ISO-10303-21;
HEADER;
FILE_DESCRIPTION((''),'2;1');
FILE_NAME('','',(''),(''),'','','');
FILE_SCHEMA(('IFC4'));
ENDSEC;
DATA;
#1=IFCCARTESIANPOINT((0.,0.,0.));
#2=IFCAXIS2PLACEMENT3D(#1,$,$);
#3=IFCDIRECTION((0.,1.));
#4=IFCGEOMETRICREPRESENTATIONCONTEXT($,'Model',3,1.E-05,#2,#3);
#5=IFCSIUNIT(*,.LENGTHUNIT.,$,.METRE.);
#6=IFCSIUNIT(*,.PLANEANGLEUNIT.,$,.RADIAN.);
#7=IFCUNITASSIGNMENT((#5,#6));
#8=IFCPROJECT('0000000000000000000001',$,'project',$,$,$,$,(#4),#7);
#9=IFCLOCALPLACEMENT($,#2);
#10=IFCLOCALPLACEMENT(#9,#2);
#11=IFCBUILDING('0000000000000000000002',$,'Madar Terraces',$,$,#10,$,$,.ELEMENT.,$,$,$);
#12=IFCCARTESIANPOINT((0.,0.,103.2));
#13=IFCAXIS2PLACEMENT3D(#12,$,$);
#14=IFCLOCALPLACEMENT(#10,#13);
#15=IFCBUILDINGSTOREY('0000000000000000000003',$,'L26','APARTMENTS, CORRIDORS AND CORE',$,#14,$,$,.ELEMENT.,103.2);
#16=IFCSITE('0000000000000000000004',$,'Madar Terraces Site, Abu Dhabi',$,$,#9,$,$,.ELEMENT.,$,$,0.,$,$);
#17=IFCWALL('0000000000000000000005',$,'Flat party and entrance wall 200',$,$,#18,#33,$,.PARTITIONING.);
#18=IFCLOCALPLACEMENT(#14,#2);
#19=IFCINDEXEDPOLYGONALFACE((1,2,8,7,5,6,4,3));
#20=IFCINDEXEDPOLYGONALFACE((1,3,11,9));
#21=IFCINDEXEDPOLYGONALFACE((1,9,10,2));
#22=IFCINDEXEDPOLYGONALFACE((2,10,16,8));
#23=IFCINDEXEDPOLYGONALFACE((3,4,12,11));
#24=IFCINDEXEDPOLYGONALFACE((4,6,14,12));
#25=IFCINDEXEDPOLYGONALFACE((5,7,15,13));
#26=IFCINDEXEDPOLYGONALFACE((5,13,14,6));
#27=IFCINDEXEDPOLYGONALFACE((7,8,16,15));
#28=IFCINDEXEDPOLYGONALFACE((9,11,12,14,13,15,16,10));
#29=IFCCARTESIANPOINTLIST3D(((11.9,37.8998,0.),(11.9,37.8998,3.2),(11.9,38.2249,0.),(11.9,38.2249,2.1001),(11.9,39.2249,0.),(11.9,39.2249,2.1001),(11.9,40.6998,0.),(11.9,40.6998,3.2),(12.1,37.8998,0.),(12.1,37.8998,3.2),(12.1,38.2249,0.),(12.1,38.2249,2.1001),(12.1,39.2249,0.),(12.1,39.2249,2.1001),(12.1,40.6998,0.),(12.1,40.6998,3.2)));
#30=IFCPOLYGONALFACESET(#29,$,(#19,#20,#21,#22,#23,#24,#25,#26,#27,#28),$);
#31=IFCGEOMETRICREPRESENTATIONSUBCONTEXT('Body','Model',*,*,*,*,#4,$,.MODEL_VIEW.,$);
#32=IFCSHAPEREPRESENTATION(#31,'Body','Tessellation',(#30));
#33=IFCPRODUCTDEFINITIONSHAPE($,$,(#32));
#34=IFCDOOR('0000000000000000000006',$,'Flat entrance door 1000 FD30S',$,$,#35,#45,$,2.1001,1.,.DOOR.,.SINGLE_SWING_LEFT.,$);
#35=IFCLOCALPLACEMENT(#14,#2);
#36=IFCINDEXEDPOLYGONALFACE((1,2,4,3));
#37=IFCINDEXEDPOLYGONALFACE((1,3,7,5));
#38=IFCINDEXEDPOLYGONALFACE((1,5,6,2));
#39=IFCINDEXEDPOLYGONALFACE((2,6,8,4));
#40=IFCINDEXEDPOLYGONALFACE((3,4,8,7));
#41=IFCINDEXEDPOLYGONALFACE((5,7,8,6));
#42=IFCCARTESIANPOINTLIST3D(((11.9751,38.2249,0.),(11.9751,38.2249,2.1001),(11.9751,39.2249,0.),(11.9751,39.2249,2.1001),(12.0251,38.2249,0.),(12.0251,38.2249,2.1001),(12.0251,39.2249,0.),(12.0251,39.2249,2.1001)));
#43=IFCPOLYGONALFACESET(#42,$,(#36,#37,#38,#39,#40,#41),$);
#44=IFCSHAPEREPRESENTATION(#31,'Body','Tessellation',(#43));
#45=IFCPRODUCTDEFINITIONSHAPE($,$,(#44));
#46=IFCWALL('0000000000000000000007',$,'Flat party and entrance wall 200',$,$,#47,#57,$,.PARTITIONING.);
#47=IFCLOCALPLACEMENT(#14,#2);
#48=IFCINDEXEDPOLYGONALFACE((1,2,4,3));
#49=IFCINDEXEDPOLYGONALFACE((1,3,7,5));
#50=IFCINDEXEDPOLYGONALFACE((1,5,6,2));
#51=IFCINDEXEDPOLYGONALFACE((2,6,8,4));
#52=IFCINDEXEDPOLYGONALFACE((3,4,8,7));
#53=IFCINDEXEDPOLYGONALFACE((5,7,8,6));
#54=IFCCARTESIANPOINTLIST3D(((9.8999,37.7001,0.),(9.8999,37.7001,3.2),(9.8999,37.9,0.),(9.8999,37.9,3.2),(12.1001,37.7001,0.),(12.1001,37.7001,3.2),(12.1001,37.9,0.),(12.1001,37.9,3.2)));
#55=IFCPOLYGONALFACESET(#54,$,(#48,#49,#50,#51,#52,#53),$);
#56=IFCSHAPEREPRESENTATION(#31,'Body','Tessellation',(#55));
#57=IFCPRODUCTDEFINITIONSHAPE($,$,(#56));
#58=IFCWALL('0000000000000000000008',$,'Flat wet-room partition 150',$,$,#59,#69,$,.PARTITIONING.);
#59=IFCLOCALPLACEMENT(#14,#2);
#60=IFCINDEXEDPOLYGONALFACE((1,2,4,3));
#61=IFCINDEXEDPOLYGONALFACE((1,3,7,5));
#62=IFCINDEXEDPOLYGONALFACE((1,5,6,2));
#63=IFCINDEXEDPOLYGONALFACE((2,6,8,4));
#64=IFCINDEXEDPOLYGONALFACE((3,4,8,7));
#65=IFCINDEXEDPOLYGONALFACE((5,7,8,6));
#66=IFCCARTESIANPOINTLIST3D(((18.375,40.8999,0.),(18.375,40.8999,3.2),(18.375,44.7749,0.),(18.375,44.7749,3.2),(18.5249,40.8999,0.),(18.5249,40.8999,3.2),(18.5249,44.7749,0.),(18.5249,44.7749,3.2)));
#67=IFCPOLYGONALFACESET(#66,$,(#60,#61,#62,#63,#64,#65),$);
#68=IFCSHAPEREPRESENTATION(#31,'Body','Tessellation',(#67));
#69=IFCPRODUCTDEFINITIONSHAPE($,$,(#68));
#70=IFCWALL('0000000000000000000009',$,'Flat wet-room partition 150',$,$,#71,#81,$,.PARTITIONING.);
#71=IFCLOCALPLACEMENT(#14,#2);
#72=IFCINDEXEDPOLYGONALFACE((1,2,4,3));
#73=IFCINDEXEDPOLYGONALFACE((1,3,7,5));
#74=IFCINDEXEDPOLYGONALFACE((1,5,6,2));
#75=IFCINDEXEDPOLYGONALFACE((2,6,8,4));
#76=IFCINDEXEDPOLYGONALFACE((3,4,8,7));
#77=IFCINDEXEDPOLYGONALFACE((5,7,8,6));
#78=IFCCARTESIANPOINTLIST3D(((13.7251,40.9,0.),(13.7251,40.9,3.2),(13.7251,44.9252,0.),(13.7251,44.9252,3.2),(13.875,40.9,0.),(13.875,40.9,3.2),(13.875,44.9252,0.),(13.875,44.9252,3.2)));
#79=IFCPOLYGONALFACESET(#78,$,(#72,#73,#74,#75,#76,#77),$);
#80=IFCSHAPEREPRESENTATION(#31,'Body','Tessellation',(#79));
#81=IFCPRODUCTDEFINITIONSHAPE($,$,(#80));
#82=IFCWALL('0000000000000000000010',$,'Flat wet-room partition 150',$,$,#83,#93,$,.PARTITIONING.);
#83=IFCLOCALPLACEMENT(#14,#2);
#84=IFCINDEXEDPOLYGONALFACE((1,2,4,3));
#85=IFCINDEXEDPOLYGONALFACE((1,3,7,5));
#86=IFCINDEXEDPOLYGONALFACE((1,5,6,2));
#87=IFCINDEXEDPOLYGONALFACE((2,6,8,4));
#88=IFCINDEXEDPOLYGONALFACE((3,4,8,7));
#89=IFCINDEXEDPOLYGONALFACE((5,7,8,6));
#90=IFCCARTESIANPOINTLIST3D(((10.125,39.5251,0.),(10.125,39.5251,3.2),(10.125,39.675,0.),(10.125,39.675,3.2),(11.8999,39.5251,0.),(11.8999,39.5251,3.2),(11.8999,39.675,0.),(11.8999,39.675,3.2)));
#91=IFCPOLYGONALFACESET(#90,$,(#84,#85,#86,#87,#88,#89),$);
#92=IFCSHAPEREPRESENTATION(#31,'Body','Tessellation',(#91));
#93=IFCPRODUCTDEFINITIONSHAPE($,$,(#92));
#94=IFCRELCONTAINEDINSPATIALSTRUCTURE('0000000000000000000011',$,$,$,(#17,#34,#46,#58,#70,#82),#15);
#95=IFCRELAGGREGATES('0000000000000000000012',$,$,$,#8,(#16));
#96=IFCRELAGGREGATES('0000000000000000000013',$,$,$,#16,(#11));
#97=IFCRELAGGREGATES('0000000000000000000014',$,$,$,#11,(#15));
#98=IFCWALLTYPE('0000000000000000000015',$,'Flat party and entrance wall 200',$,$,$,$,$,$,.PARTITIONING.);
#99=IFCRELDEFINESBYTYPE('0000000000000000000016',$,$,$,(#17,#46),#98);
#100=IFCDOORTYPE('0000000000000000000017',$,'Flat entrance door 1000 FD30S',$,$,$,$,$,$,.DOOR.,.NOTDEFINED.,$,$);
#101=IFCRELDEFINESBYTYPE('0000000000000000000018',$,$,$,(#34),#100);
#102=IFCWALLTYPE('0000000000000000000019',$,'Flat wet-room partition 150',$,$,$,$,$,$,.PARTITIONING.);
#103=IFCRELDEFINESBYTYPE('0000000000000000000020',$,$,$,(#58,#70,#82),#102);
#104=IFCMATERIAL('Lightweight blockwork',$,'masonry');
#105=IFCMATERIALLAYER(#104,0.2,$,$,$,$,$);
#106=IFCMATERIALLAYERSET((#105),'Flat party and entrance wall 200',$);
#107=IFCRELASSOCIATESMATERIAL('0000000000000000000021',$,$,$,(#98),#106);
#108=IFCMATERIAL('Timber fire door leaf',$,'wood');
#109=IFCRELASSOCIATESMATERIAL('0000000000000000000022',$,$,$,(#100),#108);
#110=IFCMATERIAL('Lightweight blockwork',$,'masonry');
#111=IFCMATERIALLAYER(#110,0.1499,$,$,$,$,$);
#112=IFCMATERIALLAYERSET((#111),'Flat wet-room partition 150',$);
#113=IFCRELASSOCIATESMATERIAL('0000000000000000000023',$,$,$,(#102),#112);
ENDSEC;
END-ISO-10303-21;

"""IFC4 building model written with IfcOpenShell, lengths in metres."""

from ifc_helpers import new_model, si_unit, direction, frame, frame_2d, origin, place, context, subcontext, project, spatial, rectangle, extrude, material, layer, layer_set, type_object, element, fill, save


model = new_model("IFC4")

# Units and contexts
model_context = context("Model", 3, precision=1e-05, world=origin(), true_north=direction((0.0, 1.0)))
body_context = subcontext(model_context, "Body", "Model", "MODEL_VIEW")
ifc_project = project(units=[si_unit("LENGTHUNIT", "METRE"), si_unit("PLANEANGLEUNIT", "RADIAN")], contexts=[model_context])

# Site, building, storey
site_placement = place(None, origin())
site = spatial("IfcSite", under=ifc_project, at=site_placement, Name="Madar Terraces Site, Abu Dhabi", CompositionType="ELEMENT", RefElevation=0.0)
building_placement = place(site_placement, origin())
building = spatial("IfcBuilding", under=site, at=building_placement, Name="Madar Terraces", CompositionType="ELEMENT")
storey_placement = place(building_placement, frame((0.0, 0.0, 103.2)))
storey = spatial("IfcBuildingStorey", under=building, at=storey_placement, Name="L26", Description="APARTMENTS, CORRIDORS AND CORE", CompositionType="ELEMENT", Elevation=103.2)

# Shared definitions
ifc_material_1 = material(Name="Lightweight blockwork", Category="masonry")
ifc_layer_1 = layer(ifc_material_1, 0.2)
ifc_layer_set_1 = layer_set([ifc_layer_1], Name="Flat party and entrance wall 200")
wall_type_1 = type_object("IfcWallType", Name="Flat party and entrance wall 200", PredefinedType="PARTITIONING", material=ifc_layer_set_1)
ifc_material_2 = material(Name="Timber fire door leaf", Category="wood")
door_type_1 = type_object("IfcDoorType", Name="Flat entrance door 1000 FD30S", OperationType="NOTDEFINED", PredefinedType="DOOR", material=ifc_material_2)

# Wall, opening, door
wall_1_placement = place(storey_placement, frame((12.0, 37.8999, 0.0), z_axis=(0.0, 0.0, 1.0), x_axis=(0.0, 1.0, 0.0)))
wall_1 = element("IfcWall", 1, at=wall_1_placement, inside=storey, type_object=wall_type_1, Name="Flat party and entrance wall 200", PredefinedType="PARTITIONING", context=body_context, shape_type="SweptSolid", body=[
    extrude(rectangle(XDim=2.8, YDim=0.2, at=frame_2d((1.3999, 0.0))), origin(), (0.0, 0.0, 1.0), 3.2),
])
opening_1_placement = place(wall_1_placement, frame((0.325, 0.0, 0.0)))
opening_1 = element("IfcOpeningElement", 2, at=opening_1_placement, cuts=wall_1, PredefinedType="OPENING", context=body_context, shape_type="SweptSolid", body=[
    extrude(rectangle(XDim=1.0, YDim=2.1001, at=frame_2d((0.5, 1.05))), frame((0.0, 0.1099, 0.0), z_axis=(0.0, -1.0, 0.0), x_axis=(1.0, 0.0, 0.0)), (0.0, 0.0, 1.0), 0.22),
])
door_1_placement = place(opening_1_placement, origin())
door_1 = element("IfcDoor", 3, at=door_1_placement, inside=storey, type_object=door_type_1, Name="Flat entrance door 1000 FD30S", OperationType="SINGLE_SWING_LEFT", OverallHeight=2.1001, OverallWidth=1.0, PredefinedType="DOOR", context=body_context, shape_type="SweptSolid", body=[
    extrude(rectangle(XDim=1.0, YDim=2.1001, at=frame_2d((0.5, 1.05))), frame((0.0, 0.0249, 0.0), z_axis=(0.0, -1.0, 0.0), x_axis=(1.0, 0.0, 0.0)), (0.0, 0.0, 1.0), 0.05),
])
fill(opening_1, door_1)

# Walls
wall_2_placement = place(storey_placement, frame((12.1001, 37.8, 0.0), z_axis=(0.0, 0.0, 1.0), x_axis=(-1.0, 0.0, 0.0)))
element("IfcWall", 4, at=wall_2_placement, inside=storey, type_object=wall_type_1, Name="Flat party and entrance wall 200", PredefinedType="PARTITIONING", context=body_context, shape_type="SweptSolid", body=[
    extrude(rectangle(XDim=2.2002, YDim=0.2, at=frame_2d((1.1001, 0.0))), origin(), (0.0, 0.0, 1.0), 3.2),
])
ifc_material_3 = material(Name="Lightweight blockwork", Category="masonry")
ifc_layer_2 = layer(ifc_material_3, 0.1499)
ifc_layer_set_2 = layer_set([ifc_layer_2], Name="Flat wet-room partition 150")
wall_type_2 = type_object("IfcWallType", Name="Flat wet-room partition 150", PredefinedType="PARTITIONING", material=ifc_layer_set_2)
wall_3_placement = place(storey_placement, frame((18.45, 40.8999, 0.0), z_axis=(0.0, 0.0, 1.0), x_axis=(0.0, 1.0, 0.0)))
element("IfcWall", 5, at=wall_3_placement, inside=storey, type_object=wall_type_2, Name="Flat wet-room partition 150", PredefinedType="PARTITIONING", context=body_context, shape_type="SweptSolid", body=[
    extrude(rectangle(XDim=3.875, YDim=0.1499, at=frame_2d((1.9375, 0.0))), origin(), (0.0, 0.0, 1.0), 3.2),
])
wall_4_placement = place(storey_placement, frame((13.8, 40.8999, 0.0), z_axis=(0.0, 0.0, 1.0), x_axis=(0.0, 1.0, 0.0)))
element("IfcWall", 6, at=wall_4_placement, inside=storey, type_object=wall_type_2, Name="Flat wet-room partition 150", PredefinedType="PARTITIONING", context=body_context, shape_type="SweptSolid", body=[
    extrude(rectangle(XDim=4.0251, YDim=0.1499, at=frame_2d((2.0127, 0.0))), origin(), (0.0, 0.0, 1.0), 3.2),
])
wall_5_placement = place(storey_placement, frame((11.8999, 39.6001, 0.0), z_axis=(0.0, 0.0, 1.0), x_axis=(-1.0, 0.0, 0.0)))
element("IfcWall", 7, at=wall_5_placement, inside=storey, type_object=wall_type_2, Name="Flat wet-room partition 150", PredefinedType="PARTITIONING", context=body_context, shape_type="SweptSolid", body=[
    extrude(rectangle(XDim=1.7749, YDim=0.1499, at=frame_2d((0.8875, 0.0))), origin(), (0.0, 0.0, 1.0), 3.2),
])

save(model, "model.ifc")
